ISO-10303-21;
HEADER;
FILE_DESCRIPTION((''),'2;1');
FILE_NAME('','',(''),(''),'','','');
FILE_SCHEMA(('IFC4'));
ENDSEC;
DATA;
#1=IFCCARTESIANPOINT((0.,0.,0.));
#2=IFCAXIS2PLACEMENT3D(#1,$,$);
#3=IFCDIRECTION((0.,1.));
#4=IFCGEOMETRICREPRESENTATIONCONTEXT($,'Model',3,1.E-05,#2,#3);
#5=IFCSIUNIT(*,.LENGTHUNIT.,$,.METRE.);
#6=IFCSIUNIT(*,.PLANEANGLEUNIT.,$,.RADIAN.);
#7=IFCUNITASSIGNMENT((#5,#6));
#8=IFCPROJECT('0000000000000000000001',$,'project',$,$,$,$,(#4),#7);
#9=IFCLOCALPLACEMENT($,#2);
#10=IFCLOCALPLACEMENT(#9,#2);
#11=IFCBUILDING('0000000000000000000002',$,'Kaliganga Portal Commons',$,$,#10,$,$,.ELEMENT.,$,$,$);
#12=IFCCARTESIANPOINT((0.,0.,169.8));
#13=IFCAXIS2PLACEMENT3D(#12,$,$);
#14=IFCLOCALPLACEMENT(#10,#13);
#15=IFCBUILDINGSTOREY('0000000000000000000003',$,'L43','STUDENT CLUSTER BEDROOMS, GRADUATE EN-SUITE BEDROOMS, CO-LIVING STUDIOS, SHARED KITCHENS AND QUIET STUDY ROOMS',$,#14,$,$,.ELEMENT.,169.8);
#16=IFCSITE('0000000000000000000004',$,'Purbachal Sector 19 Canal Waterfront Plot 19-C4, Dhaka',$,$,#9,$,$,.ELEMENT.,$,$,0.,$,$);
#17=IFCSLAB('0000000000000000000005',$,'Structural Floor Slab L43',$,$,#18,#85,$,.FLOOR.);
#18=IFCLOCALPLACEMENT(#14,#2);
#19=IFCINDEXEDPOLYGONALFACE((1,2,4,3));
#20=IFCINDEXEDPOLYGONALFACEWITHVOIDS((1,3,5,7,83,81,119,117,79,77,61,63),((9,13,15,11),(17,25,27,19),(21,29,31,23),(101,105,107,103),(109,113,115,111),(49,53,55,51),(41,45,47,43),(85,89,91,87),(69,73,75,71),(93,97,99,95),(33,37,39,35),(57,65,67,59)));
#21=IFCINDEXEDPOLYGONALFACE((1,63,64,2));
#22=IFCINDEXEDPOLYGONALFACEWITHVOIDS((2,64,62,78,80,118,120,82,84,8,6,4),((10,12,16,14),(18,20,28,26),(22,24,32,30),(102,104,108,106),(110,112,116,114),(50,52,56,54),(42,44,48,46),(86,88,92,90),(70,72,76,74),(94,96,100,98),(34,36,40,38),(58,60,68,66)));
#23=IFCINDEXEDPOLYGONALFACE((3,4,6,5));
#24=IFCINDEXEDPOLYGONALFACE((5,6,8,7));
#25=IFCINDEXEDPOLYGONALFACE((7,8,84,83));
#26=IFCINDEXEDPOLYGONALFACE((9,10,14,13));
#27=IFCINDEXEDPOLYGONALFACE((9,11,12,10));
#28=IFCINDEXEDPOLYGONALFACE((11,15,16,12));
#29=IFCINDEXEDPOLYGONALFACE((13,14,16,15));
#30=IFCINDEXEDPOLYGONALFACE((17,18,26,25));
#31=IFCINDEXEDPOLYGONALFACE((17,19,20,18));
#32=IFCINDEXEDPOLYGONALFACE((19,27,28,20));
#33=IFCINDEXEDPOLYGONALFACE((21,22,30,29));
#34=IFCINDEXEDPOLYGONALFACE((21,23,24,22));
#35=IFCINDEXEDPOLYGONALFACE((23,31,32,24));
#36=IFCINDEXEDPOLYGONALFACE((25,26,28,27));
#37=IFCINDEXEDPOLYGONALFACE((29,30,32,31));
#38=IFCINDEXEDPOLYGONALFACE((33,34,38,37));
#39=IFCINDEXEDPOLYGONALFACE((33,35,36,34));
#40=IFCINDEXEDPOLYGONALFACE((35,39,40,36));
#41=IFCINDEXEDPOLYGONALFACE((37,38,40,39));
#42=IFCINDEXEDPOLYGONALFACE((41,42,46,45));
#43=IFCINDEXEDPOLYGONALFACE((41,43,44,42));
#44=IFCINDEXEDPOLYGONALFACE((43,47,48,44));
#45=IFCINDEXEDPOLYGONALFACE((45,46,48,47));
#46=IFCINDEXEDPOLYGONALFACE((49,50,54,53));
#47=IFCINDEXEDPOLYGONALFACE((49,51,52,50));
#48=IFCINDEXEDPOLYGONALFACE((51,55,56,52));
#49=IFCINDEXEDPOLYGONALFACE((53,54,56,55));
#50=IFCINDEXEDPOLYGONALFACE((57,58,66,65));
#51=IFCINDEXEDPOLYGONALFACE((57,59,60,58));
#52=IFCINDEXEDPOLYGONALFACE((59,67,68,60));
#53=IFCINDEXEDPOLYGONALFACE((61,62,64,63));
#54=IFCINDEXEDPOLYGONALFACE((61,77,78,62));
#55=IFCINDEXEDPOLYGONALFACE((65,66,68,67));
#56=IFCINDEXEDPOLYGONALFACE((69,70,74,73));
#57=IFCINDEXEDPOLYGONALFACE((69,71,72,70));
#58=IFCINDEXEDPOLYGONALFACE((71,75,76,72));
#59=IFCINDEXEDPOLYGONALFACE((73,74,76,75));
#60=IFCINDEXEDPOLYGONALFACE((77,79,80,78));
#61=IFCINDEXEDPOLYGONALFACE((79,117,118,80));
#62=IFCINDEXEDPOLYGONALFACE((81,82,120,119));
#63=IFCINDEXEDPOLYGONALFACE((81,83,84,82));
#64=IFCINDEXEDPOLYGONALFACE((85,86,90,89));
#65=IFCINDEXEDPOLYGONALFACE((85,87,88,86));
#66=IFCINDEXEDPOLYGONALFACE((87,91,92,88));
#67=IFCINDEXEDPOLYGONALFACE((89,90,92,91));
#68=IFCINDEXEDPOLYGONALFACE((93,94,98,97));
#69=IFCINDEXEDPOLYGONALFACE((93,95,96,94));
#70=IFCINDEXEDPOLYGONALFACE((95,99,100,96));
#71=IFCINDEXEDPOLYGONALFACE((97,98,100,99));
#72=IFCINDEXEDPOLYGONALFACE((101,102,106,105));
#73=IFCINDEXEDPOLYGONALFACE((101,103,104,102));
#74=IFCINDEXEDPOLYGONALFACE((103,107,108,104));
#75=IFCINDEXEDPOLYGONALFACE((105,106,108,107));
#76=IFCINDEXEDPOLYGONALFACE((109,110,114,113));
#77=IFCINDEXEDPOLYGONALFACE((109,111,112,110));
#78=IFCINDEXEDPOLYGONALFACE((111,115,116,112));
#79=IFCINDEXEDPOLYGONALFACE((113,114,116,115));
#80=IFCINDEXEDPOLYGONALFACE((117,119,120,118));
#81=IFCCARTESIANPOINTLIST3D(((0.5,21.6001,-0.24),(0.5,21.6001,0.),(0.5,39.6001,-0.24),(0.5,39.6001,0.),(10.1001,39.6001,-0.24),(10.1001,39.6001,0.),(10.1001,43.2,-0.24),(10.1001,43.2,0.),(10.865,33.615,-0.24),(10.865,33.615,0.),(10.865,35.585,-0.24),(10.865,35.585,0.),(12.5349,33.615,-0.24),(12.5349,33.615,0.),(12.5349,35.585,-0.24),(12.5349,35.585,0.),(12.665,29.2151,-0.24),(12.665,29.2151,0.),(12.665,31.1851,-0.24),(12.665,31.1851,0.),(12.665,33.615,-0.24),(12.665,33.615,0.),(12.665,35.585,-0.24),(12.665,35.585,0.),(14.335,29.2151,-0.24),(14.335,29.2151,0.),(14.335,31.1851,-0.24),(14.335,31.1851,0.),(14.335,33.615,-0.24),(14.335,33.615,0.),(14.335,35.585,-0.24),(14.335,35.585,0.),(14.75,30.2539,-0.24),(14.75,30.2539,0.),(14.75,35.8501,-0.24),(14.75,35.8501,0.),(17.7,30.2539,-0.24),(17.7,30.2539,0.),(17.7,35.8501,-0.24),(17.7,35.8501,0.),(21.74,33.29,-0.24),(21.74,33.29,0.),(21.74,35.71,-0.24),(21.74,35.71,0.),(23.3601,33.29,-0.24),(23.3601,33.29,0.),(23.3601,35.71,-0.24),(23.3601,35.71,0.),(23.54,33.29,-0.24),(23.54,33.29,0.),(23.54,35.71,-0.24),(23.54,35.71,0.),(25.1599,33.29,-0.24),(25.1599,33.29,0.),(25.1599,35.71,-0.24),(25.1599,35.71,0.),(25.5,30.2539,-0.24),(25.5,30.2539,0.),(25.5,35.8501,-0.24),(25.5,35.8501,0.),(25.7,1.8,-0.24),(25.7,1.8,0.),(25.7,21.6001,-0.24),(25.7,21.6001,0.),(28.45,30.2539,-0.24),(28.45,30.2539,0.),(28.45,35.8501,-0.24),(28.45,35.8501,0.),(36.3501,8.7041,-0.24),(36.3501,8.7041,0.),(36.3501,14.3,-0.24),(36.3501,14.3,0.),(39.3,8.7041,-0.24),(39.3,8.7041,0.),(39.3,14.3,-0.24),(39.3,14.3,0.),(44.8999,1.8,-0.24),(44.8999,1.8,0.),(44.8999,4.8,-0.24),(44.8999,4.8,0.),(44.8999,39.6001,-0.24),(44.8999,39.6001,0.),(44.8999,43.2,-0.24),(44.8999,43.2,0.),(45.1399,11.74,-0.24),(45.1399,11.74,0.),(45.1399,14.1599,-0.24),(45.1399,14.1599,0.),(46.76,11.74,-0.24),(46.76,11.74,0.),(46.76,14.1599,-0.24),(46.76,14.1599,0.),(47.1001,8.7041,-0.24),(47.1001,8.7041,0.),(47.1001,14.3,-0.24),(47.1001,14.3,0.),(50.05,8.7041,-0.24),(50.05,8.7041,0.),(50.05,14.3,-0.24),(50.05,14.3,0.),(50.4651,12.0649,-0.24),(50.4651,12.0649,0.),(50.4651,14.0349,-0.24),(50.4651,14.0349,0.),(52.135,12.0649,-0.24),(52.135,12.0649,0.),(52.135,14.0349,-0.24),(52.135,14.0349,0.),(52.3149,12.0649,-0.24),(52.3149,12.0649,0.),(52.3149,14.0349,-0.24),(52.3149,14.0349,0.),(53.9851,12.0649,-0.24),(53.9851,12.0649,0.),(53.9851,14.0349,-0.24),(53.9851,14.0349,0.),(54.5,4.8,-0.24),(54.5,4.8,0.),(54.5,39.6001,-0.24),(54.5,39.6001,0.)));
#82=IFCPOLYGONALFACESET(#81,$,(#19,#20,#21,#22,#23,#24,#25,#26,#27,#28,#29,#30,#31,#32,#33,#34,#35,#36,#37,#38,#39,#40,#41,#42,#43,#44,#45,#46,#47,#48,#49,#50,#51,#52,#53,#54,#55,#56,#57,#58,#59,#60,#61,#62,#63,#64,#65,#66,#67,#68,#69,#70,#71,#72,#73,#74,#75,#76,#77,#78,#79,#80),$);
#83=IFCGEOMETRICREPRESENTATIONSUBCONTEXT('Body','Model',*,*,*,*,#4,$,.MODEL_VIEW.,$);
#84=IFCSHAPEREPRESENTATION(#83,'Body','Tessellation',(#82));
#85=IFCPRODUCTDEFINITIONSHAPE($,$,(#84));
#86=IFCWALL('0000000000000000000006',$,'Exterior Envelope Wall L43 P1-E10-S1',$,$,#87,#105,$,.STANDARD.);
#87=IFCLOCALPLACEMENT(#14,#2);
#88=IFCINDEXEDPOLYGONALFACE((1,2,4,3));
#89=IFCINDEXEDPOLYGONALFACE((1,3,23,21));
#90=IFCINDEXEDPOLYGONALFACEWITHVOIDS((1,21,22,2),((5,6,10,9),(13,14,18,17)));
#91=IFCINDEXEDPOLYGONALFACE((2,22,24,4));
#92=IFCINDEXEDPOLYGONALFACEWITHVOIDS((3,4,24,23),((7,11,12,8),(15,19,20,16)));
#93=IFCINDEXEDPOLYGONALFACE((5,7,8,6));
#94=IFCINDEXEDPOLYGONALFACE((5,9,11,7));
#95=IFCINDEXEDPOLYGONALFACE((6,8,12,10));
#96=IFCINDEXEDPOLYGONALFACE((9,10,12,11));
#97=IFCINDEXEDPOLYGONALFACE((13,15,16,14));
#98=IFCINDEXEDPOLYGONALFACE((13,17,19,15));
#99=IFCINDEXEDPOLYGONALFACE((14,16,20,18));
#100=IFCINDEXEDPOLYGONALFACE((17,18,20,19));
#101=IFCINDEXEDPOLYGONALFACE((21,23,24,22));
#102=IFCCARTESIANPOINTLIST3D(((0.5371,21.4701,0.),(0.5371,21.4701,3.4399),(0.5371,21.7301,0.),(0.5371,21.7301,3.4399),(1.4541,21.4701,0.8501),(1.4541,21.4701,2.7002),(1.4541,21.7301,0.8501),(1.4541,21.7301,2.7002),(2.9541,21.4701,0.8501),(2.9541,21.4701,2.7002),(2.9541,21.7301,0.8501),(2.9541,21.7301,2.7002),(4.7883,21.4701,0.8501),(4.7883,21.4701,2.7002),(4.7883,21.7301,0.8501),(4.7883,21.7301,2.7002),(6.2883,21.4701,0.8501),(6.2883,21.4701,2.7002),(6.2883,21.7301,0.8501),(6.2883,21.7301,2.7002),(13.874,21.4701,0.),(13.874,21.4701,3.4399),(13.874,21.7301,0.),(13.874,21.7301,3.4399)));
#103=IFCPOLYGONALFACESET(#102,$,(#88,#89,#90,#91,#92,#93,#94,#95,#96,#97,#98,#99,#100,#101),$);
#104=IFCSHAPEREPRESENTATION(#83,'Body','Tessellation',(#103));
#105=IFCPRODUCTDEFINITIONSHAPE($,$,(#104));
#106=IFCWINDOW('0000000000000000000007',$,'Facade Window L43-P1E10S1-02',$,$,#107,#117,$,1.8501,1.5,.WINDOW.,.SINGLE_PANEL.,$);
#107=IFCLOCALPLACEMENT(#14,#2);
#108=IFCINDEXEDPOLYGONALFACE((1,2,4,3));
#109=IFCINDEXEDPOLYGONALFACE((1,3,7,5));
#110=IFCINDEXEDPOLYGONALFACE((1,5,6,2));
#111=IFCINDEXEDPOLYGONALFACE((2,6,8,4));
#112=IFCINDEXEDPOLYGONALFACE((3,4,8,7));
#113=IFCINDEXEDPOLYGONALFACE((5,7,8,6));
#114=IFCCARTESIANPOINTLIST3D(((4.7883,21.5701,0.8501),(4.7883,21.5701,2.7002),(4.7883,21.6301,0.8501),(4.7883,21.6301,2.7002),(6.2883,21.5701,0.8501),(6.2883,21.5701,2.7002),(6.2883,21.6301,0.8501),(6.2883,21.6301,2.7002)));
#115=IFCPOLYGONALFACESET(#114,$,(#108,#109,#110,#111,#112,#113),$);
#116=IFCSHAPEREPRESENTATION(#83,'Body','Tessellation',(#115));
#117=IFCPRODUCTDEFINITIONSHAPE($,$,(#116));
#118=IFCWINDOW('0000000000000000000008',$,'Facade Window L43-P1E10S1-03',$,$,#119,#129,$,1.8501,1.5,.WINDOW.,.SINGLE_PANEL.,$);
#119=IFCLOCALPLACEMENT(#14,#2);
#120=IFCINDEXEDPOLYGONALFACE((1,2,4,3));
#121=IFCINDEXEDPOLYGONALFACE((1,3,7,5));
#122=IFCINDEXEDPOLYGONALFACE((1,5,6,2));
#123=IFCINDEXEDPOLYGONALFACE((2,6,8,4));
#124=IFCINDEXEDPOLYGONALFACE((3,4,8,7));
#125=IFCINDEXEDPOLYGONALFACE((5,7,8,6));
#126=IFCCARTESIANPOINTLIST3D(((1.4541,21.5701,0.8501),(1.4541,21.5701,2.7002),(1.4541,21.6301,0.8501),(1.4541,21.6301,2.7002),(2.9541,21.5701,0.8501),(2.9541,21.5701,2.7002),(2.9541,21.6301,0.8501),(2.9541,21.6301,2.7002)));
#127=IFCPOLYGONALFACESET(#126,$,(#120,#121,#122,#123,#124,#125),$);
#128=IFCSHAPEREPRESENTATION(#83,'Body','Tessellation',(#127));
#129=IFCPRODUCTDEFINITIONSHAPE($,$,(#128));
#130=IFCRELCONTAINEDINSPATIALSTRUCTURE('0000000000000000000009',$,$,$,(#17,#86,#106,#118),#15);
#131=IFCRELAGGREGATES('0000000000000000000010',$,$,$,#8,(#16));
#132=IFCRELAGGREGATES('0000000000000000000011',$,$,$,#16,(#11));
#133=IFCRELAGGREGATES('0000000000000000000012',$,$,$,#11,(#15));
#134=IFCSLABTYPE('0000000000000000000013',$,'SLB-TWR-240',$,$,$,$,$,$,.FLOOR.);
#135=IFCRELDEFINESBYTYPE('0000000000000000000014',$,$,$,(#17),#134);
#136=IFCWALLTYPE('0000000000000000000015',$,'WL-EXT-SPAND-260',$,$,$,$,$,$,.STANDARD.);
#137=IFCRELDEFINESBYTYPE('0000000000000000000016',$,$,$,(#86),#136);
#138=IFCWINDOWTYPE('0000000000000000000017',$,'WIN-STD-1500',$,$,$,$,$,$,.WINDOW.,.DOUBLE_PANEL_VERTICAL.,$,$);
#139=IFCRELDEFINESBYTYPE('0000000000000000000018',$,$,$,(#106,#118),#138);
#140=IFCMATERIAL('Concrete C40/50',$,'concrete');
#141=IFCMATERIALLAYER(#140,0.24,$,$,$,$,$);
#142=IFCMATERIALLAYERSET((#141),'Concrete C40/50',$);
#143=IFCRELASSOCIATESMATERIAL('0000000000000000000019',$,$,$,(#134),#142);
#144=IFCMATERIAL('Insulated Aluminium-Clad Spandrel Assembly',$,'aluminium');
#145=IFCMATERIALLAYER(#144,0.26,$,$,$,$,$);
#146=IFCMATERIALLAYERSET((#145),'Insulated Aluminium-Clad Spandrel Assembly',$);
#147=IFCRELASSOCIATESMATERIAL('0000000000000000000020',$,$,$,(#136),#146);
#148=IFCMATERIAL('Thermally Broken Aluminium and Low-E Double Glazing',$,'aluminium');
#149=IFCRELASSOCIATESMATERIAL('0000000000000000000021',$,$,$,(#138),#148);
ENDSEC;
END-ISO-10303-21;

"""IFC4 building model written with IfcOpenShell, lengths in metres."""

from ifc_helpers import new_model, si_unit, direction, frame, frame_2d, origin, place, context, subcontext, project, spatial, polyline, rectangle, outline, extrude, material, layer, layer_set, type_object, element, fill, save


model = new_model("IFC4")

# Units and contexts
model_context = context("Model", 3, precision=1e-05, world=origin(), true_north=direction((0.0, 1.0)))
body_context = subcontext(model_context, "Body", "Model", "MODEL_VIEW")
ifc_project = project(units=[si_unit("LENGTHUNIT", "METRE"), si_unit("PLANEANGLEUNIT", "RADIAN")], contexts=[model_context])

# Site, building, storey
site_placement = place(None, origin())
site = spatial("IfcSite", under=ifc_project, at=site_placement, Name="Purbachal Sector 19 Canal Waterfront Plot 19-C4, Dhaka", CompositionType="ELEMENT", RefElevation=0.0)
building_placement = place(site_placement, origin())
building = spatial("IfcBuilding", under=site, at=building_placement, Name="Kaliganga Portal Commons", CompositionType="ELEMENT")
storey_placement = place(building_placement, frame((0.0, 0.0, 169.8)))
storey = spatial("IfcBuildingStorey", under=building, at=storey_placement, Name="L43", Description="STUDENT CLUSTER BEDROOMS, GRADUATE EN-SUITE BEDROOMS, CO-LIVING STUDIOS, SHARED KITCHENS AND QUIET STUDY ROOMS", CompositionType="ELEMENT", Elevation=169.8)

# Shared definitions
ifc_material_1 = material(Name="Concrete C40/50", Category="concrete")

# Slab
ifc_layer_1 = layer(ifc_material_1, 0.24)
ifc_layer_set_1 = layer_set([ifc_layer_1], Name="Concrete C40/50")
slab_type_1 = type_object("IfcSlabType", Name="SLB-TWR-240", PredefinedType="FLOOR", material=ifc_layer_set_1)
slab_1_placement = place(storey_placement, frame((0.0, 0.0, -0.24)))
element("IfcSlab", 1, at=slab_1_placement, inside=storey, type_object=slab_type_1, Name="Structural Floor Slab L43", PredefinedType="FLOOR", context=body_context, shape_type="SweptSolid", body=[
    extrude(outline(polyline([(25.7, 1.8), (44.8999, 1.8), (44.8999, 4.8), (54.5, 4.8), (54.5, 39.6001), (44.8999, 39.6001), (44.8999, 43.2), (10.1001, 43.2), (10.1001, 39.6001), (0.5, 39.6001), (0.5, 21.6001), (25.7, 21.6001), (25.7, 1.8)]), holes=[polyline([(14.75, 30.2539), (14.75, 35.8501), (17.7, 35.8501), (17.7, 30.2539), (14.75, 30.2539)]), polyline([(25.5, 30.2539), (25.5, 35.8501), (28.45, 35.8501), (28.45, 30.2539), (25.5, 30.2539)]), polyline([(36.3501, 8.7041), (36.3501, 14.3), (39.3, 14.3), (39.3, 8.7041), (36.3501, 8.7041)]), polyline([(47.1001, 8.7041), (47.1001, 14.3), (50.05, 14.3), (50.05, 8.7041), (47.1001, 8.7041)]), polyline([(12.665, 33.615), (12.665, 35.585), (14.335, 35.585), (14.335, 33.615), (12.665, 33.615)]), polyline([(12.665, 29.2151), (12.665, 31.1851), (14.335, 31.1851), (14.335, 29.2151), (12.665, 29.2151)]), polyline([(10.865, 33.615), (10.865, 35.585), (12.5349, 35.585), (12.5349, 33.615), (10.865, 33.615)]), polyline([(21.74, 33.29), (21.74, 35.71), (23.3601, 35.71), (23.3601, 33.29), (21.74, 33.29)]), polyline([(23.54, 33.29), (23.54, 35.71), (25.1599, 35.71), (25.1599, 33.29), (23.54, 33.29)]), polyline([(50.4651, 12.0649), (50.4651, 14.0349), (52.135, 14.0349), (52.135, 12.0649), (50.4651, 12.0649)]), polyline([(52.3149, 12.0649), (52.3149, 14.0349), (53.9851, 14.0349), (53.9851, 12.0649), (52.3149, 12.0649)]), polyline([(45.1399, 11.74), (45.1399, 14.1599), (46.76, 14.1599), (46.76, 11.74), (45.1399, 11.74)])]), origin(), (0.0, 0.0, 1.0), 0.24),
])

# Wall, openings, windows
ifc_material_2 = material(Name="Insulated Aluminium-Clad Spandrel Assembly", Category="aluminium")
ifc_layer_2 = layer(ifc_material_2, 0.26)
ifc_layer_set_2 = layer_set([ifc_layer_2], Name="Insulated Aluminium-Clad Spandrel Assembly")
wall_type = type_object("IfcWallType", Name="WL-EXT-SPAND-260", PredefinedType="STANDARD", material=ifc_layer_set_2)
wall_placement = place(storey_placement, frame((13.874, 21.6001, 0.0), z_axis=(0.0, 0.0, 1.0), x_axis=(-1.0, 0.0, 0.0)))
wall = element("IfcWall", 2, at=wall_placement, inside=storey, type_object=wall_type, Name="Exterior Envelope Wall L43 P1-E10-S1", PredefinedType="STANDARD", context=body_context, shape_type="SweptSolid", body=[
    extrude(rectangle(XDim=13.3369, YDim=0.26, at=frame_2d((6.6685, 0.0))), origin(), (0.0, 0.0, 1.0), 3.4399),
])
opening_1_placement = place(wall_placement, frame((7.5857, 0.0, 0.8501)))
opening_1 = element("IfcOpeningElement", 3, at=opening_1_placement, cuts=wall, PredefinedType="OPENING", context=body_context, shape_type="SweptSolid", body=[
    extrude(rectangle(XDim=1.5, YDim=1.8501, at=frame_2d((0.75, 0.925))), frame((0.0, 0.1401, 0.0), z_axis=(0.0, -1.0, 0.0), x_axis=(1.0, 0.0, 0.0)), (0.0, 0.0, 1.0), 0.28),
])
opening_2_placement = place(wall_placement, frame((10.9199, 0.0, 0.8501)))
opening_2 = element("IfcOpeningElement", 4, at=opening_2_placement, cuts=wall, PredefinedType="OPENING", context=body_context, shape_type="SweptSolid", body=[
    extrude(rectangle(XDim=1.5, YDim=1.8501, at=frame_2d((0.75, 0.925))), frame((0.0, 0.1401, 0.0), z_axis=(0.0, -1.0, 0.0), x_axis=(1.0, 0.0, 0.0)), (0.0, 0.0, 1.0), 0.28),
])
ifc_material_3 = material(Name="Thermally Broken Aluminium and Low-E Double Glazing", Category="aluminium")
window_type = type_object("IfcWindowType", Name="WIN-STD-1500", PartitioningType="DOUBLE_PANEL_VERTICAL", PredefinedType="WINDOW", material=ifc_material_3)
window_1_placement = place(opening_1_placement, origin())
window_1 = element("IfcWindow", 5, at=window_1_placement, inside=storey, type_object=window_type, Name="Facade Window L43-P1E10S1-02", OverallHeight=1.8501, OverallWidth=1.5, PartitioningType="SINGLE_PANEL", PredefinedType="WINDOW", context=body_context, shape_type="SweptSolid", body=[
    extrude(rectangle(XDim=1.5, YDim=1.8501, at=frame_2d((0.75, 0.925))), frame((0.0, 0.03, 0.0), z_axis=(0.0, -1.0, 0.0), x_axis=(1.0, 0.0, 0.0)), (0.0, 0.0, 1.0), 0.0601),
])
fill(opening_1, window_1)
window_2_placement = place(opening_2_placement, origin())
window_2 = element("IfcWindow", 6, at=window_2_placement, inside=storey, type_object=window_type, Name="Facade Window L43-P1E10S1-03", OverallHeight=1.8501, OverallWidth=1.5, PartitioningType="SINGLE_PANEL", PredefinedType="WINDOW", context=body_context, shape_type="SweptSolid", body=[
    extrude(rectangle(XDim=1.5, YDim=1.8501, at=frame_2d((0.75, 0.925))), frame((0.0, 0.03, 0.0), z_axis=(0.0, -1.0, 0.0), x_axis=(1.0, 0.0, 0.0)), (0.0, 0.0, 1.0), 0.0601),
])
fill(opening_2, window_2)

save(model, "model.ifc")
